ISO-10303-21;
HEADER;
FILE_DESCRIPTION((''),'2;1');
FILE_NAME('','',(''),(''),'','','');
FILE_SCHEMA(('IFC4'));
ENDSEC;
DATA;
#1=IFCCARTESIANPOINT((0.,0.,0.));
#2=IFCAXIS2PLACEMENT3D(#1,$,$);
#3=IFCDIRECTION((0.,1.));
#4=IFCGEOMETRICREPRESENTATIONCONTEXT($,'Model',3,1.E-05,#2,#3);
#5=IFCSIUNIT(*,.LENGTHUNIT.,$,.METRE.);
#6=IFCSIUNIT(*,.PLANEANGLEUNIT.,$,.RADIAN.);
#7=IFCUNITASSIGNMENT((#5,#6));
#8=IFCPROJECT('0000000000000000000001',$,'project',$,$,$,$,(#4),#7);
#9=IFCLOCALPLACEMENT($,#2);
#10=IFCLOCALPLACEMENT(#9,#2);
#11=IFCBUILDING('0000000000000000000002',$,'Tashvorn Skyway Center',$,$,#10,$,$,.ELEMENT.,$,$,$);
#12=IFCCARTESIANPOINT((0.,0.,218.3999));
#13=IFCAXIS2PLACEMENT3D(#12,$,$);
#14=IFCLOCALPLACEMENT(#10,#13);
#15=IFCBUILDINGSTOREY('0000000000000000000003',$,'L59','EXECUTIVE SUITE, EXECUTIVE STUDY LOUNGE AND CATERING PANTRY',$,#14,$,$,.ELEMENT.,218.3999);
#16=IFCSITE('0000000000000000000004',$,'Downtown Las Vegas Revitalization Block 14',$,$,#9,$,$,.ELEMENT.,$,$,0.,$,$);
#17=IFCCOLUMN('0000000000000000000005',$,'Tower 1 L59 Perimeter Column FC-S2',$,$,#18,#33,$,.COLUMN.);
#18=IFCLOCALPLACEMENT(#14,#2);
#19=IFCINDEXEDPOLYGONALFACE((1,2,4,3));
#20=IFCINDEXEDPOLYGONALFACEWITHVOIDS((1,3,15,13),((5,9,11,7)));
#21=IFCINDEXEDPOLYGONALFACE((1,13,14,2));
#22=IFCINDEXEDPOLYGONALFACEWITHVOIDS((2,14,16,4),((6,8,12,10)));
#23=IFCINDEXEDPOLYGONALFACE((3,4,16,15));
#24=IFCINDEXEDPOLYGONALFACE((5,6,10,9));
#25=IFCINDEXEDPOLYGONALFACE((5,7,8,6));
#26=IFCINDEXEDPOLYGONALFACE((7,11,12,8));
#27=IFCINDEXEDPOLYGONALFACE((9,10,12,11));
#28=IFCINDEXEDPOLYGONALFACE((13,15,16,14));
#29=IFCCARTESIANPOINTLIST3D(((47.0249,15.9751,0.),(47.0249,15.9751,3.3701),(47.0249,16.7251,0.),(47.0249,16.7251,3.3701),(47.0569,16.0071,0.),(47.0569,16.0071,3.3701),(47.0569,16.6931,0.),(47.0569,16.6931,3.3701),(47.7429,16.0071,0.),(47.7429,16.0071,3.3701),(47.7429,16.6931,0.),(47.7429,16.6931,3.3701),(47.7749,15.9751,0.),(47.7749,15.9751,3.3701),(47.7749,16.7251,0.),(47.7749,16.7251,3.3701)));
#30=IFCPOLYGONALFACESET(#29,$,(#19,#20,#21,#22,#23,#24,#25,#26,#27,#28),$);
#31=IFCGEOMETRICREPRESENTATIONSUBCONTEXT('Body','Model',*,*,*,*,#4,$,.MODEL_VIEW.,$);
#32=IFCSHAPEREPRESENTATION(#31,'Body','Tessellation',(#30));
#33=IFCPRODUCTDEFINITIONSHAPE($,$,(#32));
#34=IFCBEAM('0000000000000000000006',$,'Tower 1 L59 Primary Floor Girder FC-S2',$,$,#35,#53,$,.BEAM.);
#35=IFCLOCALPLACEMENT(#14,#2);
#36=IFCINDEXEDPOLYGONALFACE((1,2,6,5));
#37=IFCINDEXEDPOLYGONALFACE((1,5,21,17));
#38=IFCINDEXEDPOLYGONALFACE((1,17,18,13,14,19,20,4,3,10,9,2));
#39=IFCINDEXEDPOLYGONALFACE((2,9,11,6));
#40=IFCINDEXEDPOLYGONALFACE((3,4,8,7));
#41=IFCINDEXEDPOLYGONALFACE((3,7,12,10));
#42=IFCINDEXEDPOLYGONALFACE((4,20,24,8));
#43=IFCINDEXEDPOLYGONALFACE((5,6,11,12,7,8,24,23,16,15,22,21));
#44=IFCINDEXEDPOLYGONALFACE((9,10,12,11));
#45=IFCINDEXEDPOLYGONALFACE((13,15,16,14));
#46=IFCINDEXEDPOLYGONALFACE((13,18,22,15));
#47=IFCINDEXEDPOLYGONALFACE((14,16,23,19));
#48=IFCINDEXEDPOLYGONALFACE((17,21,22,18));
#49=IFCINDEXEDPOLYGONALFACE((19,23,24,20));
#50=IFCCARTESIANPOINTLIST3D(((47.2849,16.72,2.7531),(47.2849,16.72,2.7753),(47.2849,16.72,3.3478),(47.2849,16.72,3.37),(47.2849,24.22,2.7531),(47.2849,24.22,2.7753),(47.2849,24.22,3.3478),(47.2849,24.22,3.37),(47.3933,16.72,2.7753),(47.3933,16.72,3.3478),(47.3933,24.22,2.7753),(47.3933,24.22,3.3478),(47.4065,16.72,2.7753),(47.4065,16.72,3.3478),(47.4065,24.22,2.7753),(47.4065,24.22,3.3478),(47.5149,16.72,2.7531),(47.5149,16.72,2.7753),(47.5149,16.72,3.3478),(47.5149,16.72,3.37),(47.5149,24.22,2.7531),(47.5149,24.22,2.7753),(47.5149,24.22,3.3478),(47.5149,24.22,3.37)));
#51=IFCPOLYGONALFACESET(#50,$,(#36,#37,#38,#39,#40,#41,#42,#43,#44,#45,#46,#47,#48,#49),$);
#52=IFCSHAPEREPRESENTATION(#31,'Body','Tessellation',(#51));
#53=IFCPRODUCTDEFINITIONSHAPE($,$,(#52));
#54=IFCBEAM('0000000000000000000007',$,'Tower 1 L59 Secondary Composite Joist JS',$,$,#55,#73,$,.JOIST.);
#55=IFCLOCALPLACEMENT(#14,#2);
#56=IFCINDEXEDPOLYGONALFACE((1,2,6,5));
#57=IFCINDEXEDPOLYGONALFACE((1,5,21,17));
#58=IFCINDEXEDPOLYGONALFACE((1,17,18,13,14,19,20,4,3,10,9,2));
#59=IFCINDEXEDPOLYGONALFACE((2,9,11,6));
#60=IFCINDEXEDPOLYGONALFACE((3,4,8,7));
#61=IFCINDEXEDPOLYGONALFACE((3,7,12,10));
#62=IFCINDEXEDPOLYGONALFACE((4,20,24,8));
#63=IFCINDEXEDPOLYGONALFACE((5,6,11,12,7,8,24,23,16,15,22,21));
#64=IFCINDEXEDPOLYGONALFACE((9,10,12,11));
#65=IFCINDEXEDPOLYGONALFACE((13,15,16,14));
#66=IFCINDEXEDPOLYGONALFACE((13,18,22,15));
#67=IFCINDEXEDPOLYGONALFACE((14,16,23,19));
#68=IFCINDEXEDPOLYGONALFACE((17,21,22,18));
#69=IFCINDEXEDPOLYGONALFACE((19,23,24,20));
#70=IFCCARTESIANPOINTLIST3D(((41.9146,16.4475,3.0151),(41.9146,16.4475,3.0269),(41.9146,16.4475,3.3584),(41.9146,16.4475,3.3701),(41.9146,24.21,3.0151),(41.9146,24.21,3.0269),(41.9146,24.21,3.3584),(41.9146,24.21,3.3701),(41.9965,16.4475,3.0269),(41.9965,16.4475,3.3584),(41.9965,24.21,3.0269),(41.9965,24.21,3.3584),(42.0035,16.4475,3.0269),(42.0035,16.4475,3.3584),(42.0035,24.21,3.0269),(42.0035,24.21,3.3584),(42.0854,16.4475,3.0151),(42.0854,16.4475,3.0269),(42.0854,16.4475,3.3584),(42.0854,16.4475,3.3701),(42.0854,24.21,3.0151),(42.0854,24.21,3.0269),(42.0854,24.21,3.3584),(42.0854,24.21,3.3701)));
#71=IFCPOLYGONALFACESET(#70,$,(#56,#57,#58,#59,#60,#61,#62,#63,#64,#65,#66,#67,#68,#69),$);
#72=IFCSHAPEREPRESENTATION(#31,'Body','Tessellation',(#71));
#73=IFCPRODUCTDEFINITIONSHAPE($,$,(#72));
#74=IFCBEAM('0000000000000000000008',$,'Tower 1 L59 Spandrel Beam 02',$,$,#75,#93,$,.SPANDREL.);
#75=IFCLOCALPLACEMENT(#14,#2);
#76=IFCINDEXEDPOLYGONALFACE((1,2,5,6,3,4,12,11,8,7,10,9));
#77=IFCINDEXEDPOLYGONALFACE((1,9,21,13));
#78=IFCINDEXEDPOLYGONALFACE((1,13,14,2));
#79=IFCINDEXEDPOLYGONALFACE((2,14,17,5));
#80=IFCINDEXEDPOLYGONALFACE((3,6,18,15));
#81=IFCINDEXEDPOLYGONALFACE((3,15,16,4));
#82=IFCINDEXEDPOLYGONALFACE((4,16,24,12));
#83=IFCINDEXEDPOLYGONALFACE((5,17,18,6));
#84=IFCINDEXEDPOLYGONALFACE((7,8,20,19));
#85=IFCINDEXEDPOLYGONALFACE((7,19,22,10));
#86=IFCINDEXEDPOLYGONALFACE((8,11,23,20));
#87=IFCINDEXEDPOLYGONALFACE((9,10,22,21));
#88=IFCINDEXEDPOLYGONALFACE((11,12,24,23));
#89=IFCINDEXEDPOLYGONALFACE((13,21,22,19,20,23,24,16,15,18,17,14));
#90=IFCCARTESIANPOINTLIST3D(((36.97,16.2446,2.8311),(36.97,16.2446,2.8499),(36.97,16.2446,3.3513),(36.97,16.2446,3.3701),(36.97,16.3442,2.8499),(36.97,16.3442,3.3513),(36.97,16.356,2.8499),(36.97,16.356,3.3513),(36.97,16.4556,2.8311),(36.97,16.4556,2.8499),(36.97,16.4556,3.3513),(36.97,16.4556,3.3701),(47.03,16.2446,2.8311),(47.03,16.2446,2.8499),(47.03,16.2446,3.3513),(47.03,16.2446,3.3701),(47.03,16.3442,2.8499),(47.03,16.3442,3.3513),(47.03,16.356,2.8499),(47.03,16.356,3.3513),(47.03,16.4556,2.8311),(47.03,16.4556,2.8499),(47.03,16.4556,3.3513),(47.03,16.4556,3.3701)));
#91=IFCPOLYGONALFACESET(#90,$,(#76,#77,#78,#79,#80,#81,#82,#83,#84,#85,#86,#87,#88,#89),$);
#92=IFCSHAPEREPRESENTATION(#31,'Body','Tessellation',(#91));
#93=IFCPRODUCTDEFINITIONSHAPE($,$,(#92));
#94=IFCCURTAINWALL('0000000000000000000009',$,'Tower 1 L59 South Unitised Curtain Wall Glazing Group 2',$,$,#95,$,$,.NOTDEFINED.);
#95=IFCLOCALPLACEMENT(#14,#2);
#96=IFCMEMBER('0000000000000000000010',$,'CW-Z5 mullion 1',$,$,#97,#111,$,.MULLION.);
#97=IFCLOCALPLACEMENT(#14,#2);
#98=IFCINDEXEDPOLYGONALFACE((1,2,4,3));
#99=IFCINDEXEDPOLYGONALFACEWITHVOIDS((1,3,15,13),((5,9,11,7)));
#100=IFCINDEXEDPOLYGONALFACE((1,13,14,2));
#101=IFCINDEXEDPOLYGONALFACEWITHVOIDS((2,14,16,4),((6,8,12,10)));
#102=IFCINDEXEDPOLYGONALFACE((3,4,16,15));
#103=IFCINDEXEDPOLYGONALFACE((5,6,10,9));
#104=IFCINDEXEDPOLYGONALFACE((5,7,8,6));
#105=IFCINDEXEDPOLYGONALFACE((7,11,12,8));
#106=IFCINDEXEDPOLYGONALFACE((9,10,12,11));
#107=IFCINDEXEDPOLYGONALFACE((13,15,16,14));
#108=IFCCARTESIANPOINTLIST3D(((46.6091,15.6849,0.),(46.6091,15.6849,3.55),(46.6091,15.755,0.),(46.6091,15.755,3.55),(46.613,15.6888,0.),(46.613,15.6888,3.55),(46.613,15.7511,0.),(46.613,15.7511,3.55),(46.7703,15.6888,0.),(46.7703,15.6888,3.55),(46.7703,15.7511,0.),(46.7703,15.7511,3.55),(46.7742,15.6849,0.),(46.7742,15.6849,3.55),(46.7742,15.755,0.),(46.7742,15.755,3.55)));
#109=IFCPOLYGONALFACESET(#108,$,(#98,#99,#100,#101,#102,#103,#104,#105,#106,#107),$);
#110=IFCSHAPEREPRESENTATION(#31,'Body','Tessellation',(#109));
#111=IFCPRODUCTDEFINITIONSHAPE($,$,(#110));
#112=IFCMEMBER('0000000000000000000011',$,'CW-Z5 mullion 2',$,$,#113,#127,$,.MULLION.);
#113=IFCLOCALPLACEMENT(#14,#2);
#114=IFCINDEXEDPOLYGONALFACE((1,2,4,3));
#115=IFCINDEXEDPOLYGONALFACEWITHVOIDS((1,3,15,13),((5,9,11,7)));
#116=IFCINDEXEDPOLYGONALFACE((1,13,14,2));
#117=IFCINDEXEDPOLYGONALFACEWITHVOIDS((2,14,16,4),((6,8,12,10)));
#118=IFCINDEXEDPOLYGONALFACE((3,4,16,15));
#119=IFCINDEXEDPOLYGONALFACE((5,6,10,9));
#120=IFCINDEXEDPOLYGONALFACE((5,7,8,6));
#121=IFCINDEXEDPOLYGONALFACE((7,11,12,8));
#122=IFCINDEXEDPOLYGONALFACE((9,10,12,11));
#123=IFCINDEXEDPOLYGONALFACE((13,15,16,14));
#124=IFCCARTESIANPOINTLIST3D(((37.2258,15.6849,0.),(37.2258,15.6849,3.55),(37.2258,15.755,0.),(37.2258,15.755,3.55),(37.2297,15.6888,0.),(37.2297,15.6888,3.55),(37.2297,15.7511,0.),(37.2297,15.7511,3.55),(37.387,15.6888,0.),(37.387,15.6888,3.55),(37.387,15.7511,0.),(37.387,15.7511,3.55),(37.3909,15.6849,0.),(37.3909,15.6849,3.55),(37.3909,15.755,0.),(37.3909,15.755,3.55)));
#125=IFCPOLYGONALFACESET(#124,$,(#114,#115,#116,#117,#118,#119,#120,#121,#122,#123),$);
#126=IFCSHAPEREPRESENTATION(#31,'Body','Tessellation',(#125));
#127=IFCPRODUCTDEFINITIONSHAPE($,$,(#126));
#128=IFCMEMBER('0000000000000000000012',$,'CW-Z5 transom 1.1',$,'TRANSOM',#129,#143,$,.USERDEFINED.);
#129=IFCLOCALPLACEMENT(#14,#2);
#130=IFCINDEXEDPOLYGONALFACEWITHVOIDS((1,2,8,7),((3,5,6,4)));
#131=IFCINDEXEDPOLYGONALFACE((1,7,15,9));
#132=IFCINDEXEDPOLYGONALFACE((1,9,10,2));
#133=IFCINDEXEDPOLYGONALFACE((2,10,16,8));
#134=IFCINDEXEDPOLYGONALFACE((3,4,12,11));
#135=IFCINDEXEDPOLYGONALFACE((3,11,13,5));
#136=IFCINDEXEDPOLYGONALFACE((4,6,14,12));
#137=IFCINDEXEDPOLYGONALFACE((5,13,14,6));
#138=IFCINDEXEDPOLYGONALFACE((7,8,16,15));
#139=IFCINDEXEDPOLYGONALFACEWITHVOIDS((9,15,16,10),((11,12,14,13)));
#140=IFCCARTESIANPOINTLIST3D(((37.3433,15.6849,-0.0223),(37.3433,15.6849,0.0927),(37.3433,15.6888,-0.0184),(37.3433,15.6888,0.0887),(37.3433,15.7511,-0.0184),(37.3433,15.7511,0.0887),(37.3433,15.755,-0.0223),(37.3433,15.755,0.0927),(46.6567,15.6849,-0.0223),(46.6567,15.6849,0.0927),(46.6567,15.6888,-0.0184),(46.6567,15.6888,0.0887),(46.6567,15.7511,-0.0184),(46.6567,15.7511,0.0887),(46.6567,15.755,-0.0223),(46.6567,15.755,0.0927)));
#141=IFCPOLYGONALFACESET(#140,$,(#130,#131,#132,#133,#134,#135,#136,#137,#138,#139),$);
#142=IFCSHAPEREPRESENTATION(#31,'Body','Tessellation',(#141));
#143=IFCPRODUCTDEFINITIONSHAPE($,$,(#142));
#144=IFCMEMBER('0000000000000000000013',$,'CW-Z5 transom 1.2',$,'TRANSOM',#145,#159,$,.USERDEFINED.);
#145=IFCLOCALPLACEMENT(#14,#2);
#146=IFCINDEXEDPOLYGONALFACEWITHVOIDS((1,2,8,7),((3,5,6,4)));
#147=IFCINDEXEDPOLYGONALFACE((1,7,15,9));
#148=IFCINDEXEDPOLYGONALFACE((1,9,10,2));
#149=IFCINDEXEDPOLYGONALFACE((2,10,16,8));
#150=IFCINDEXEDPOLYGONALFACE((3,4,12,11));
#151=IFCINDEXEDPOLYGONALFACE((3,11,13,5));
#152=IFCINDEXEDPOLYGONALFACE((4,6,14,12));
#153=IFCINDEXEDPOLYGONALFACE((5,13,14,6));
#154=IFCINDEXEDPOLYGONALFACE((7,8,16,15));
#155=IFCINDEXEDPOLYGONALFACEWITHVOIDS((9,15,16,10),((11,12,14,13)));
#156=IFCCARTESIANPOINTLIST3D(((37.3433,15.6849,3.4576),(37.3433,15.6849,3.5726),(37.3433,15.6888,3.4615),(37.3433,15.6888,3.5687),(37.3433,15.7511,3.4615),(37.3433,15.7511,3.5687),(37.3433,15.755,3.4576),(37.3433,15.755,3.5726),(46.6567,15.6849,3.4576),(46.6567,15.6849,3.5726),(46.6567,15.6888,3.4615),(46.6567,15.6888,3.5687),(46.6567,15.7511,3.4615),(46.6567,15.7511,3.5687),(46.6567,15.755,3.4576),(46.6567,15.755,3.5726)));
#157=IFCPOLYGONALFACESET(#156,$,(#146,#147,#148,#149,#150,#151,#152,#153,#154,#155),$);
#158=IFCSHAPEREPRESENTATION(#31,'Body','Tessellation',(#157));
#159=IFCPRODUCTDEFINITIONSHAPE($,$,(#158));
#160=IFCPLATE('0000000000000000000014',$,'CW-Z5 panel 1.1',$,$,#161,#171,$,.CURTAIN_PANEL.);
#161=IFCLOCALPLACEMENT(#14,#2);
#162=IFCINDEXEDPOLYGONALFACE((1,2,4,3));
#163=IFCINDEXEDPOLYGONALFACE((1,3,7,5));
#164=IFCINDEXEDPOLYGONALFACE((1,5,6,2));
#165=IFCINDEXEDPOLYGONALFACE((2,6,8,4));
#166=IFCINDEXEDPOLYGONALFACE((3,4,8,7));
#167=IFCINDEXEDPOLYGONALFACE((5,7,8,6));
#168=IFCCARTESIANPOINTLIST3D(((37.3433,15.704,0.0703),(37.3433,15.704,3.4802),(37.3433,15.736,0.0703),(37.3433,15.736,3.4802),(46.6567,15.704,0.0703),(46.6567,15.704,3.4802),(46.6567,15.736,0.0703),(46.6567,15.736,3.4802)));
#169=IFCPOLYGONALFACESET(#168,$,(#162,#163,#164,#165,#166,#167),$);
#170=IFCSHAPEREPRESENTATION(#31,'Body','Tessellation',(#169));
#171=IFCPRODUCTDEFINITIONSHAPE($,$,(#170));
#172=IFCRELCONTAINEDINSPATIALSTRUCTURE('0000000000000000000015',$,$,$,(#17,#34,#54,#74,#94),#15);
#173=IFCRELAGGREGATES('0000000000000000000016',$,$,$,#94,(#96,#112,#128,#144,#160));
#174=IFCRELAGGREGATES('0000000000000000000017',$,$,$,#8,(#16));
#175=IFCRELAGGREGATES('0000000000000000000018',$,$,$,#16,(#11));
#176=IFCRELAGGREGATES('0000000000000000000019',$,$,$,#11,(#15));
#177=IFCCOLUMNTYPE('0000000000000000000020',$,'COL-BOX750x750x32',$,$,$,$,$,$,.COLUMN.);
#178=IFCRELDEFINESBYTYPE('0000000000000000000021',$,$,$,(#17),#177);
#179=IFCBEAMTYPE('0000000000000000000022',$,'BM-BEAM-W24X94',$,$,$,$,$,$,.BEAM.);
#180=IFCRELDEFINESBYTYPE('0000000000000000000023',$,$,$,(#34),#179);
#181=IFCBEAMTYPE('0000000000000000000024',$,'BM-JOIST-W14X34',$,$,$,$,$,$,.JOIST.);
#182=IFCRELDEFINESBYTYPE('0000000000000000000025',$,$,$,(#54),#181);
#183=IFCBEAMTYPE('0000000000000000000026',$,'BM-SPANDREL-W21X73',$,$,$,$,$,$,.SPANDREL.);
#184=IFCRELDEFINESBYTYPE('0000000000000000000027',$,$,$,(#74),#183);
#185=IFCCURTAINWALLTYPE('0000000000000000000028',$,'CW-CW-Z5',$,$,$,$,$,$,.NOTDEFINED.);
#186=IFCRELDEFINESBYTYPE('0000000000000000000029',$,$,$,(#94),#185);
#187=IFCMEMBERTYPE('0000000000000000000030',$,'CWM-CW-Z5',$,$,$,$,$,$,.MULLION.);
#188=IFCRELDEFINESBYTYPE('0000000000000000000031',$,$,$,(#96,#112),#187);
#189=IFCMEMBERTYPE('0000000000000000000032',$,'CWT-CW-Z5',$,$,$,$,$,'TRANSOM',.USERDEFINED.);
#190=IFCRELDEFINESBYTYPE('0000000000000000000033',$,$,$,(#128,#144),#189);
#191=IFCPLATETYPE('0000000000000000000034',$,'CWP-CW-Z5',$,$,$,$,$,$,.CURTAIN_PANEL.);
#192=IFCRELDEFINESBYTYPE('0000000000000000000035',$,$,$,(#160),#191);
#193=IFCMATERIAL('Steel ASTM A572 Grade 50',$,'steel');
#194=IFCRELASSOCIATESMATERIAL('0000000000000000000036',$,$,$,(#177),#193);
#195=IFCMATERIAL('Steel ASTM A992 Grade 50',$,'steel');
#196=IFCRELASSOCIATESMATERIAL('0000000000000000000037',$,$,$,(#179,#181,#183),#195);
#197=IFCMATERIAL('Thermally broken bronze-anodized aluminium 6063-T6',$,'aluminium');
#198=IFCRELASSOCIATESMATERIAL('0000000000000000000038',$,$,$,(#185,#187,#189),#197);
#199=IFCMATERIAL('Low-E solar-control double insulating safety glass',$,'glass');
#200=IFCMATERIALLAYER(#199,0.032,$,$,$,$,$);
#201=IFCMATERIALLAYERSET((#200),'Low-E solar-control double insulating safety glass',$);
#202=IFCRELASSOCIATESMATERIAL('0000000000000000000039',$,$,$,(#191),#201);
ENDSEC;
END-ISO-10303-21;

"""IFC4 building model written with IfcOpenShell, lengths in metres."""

from ifc_helpers import new_model, si_unit, direction, frame, origin, origin_2d, place, context, subcontext, project, spatial, rectangle, hollow_rectangle, i_section, extrude, material, layer, layer_set, material_profile, profile_set, type_object, element, aggregate, save


model = new_model("IFC4")

# Units and contexts
model_context = context("Model", 3, precision=1e-05, world=origin(), true_north=direction((0.0, 1.0)))
body_context = subcontext(model_context, "Body", "Model", "MODEL_VIEW")
ifc_project = project(units=[si_unit("LENGTHUNIT", "METRE"), si_unit("PLANEANGLEUNIT", "RADIAN")], contexts=[model_context])

# Site, building, storey
site_placement = place(None, origin())
site = spatial("IfcSite", under=ifc_project, at=site_placement, Name="Downtown Las Vegas Revitalization Block 14", CompositionType="ELEMENT", RefElevation=0.0)
building_placement = place(site_placement, origin())
building = spatial("IfcBuilding", under=site, at=building_placement, Name="Tashvorn Skyway Center", CompositionType="ELEMENT")
storey_placement = place(building_placement, frame((0.0, 0.0, 218.3999)))
storey = spatial("IfcBuildingStorey", under=building, at=storey_placement, Name="L59", Description="EXECUTIVE SUITE, EXECUTIVE STUDY LOUNGE AND CATERING PANTRY", CompositionType="ELEMENT", Elevation=218.3999)

# Column
ifc_material_1 = material(Name="Steel ASTM A572 Grade 50", Category="steel")
ifc_material_profile_1 = material_profile(ifc_material_1, hollow_rectangle(XDim=0.75, YDim=0.75, WallThickness=0.032, at=origin_2d()), Name="BOX750x750x32")
ifc_profile_set_1 = profile_set([ifc_material_profile_1], Name="Steel ASTM A572 Grade 50")
column_type = type_object("IfcColumnType", Name="COL-BOX750x750x32", PredefinedType="COLUMN", material=ifc_profile_set_1)
column_placement = place(storey_placement, frame((47.3999, 16.3501, 0.0), z_axis=(0.0, 0.0, 1.0), x_axis=(1.0, 0.0, 0.0)))
element("IfcColumn", 1, at=column_placement, inside=storey, type_object=column_type, Name="Tower 1 L59 Perimeter Column FC-S2", PredefinedType="COLUMN", context=body_context, shape_type="SweptSolid", body=[
    extrude(hollow_rectangle(XDim=0.75, YDim=0.75, WallThickness=0.032, at=origin_2d()), origin(), (0.0, 0.0, 1.0), 3.3701),
])

# Beams
ifc_material_2 = material(Name="Steel ASTM A992 Grade 50", Category="steel")
ifc_material_profile_2 = material_profile(ifc_material_2, i_section(OverallWidth=0.23, OverallDepth=0.6169, WebThickness=0.0132, FlangeThickness=0.0222, at=origin_2d()), Name="W24X94")
ifc_profile_set_2 = profile_set([ifc_material_profile_2], Name="Steel ASTM A992 Grade 50")
beam_type_1 = type_object("IfcBeamType", Name="BM-BEAM-W24X94", PredefinedType="BEAM", material=ifc_profile_set_2)
beam_1_placement = place(storey_placement, frame((47.3999, 16.72, 3.0615), z_axis=(0.0, 1.0, 0.0), x_axis=(-1.0, 0.0, 0.0)))
element("IfcBeam", 2, at=beam_1_placement, inside=storey, type_object=beam_type_1, Name="Tower 1 L59 Primary Floor Girder FC-S2", PredefinedType="BEAM", context=body_context, shape_type="SweptSolid", body=[
    extrude(i_section(OverallWidth=0.23, OverallDepth=0.6169, WebThickness=0.0132, FlangeThickness=0.0222, at=origin_2d()), origin(), (0.0, 0.0, 1.0), 7.5),
])
ifc_material_profile_3 = material_profile(ifc_material_2, i_section(OverallWidth=0.1709, OverallDepth=0.355, WebThickness=0.0071, FlangeThickness=0.0117, at=origin_2d()), Name="W14X34")
ifc_profile_set_3 = profile_set([ifc_material_profile_3], Name="Steel ASTM A992 Grade 50")
beam_type_2 = type_object("IfcBeamType", Name="BM-JOIST-W14X34", PredefinedType="JOIST", material=ifc_profile_set_3)
beam_2_placement = place(storey_placement, frame((42.0, 24.21, 3.1926), z_axis=(0.0, -1.0, 0.0), x_axis=(1.0, 0.0, 0.0)))
element("IfcBeam", 3, at=beam_2_placement, inside=storey, type_object=beam_type_2, Name="Tower 1 L59 Secondary Composite Joist JS", PredefinedType="JOIST", context=body_context, shape_type="SweptSolid", body=[
    extrude(i_section(OverallWidth=0.1709, OverallDepth=0.355, WebThickness=0.0071, FlangeThickness=0.0117, at=origin_2d()), origin(), (0.0, 0.0, 1.0), 7.7625),
])
ifc_material_profile_4 = material_profile(ifc_material_2, i_section(OverallWidth=0.2109, OverallDepth=0.5391, WebThickness=0.0117, FlangeThickness=0.0188, at=origin_2d()), Name="W21X73")
ifc_profile_set_4 = profile_set([ifc_material_profile_4], Name="Steel ASTM A992 Grade 50")
beam_type_3 = type_object("IfcBeamType", Name="BM-SPANDREL-W21X73", PredefinedType="SPANDREL", material=ifc_profile_set_4)
beam_3_placement = place(storey_placement, frame((36.97, 16.3501, 3.1006), z_axis=(1.0, 0.0, 0.0), x_axis=(0.0, 1.0, 0.0)))
element("IfcBeam", 4, at=beam_3_placement, inside=storey, type_object=beam_type_3, Name="Tower 1 L59 Spandrel Beam 02", PredefinedType="SPANDREL", context=body_context, shape_type="SweptSolid", body=[
    extrude(i_section(OverallWidth=0.2109, OverallDepth=0.5391, WebThickness=0.0117, FlangeThickness=0.0188, at=origin_2d()), origin(), (0.0, 0.0, 1.0), 10.0601),
])

# Curtain wall, members, plate
ifc_material_3 = material(Name="Thermally broken bronze-anodized aluminium 6063-T6", Category="aluminium")
curtain_wall_type = type_object("IfcCurtainWallType", Name="CW-CW-Z5", PredefinedType="NOTDEFINED", material=ifc_material_3)
curtain_wall_placement = place(storey_placement, origin())
curtain_wall = element("IfcCurtainWall", 5, at=curtain_wall_placement, inside=storey, type_object=curtain_wall_type, Name="Tower 1 L59 South Unitised Curtain Wall Glazing Group 2", PredefinedType="NOTDEFINED")
ifc_material_profile_5 = material_profile(ifc_material_3, hollow_rectangle(XDim=0.0701, YDim=0.165, WallThickness=0.0039, at=origin_2d()), Name="ALU-MULL-70x165")
ifc_profile_set_5 = profile_set([ifc_material_profile_5], Name="Thermally broken bronze-anodized aluminium 6063-T6")
member_type_1 = type_object("IfcMemberType", Name="CWM-CW-Z5", PredefinedType="MULLION", material=ifc_profile_set_5)
member_1_placement = place(storey_placement, frame((46.6917, 15.72, 0.0), z_axis=(0.0, 0.0, 1.0), x_axis=(0.0, -1.0, 0.0)))
member_1 = element("IfcMember", 6, at=member_1_placement, type_object=member_type_1, Name="CW-Z5 mullion 1", PredefinedType="MULLION", context=body_context, shape_type="SweptSolid", body=[
    extrude(hollow_rectangle(XDim=0.0701, YDim=0.165, WallThickness=0.0039, at=origin_2d()), origin(), (0.0, 0.0, 1.0), 3.55),
])
member_2_placement = place(storey_placement, frame((37.3083, 15.72, 0.0), z_axis=(0.0, 0.0, 1.0), x_axis=(0.0, -1.0, 0.0)))
member_2 = element("IfcMember", 7, at=member_2_placement, type_object=member_type_1, Name="CW-Z5 mullion 2", PredefinedType="MULLION", context=body_context, shape_type="SweptSolid", body=[
    extrude(hollow_rectangle(XDim=0.0701, YDim=0.165, WallThickness=0.0039, at=origin_2d()), origin(), (0.0, 0.0, 1.0), 3.55),
])
ifc_material_profile_6 = material_profile(ifc_material_3, hollow_rectangle(XDim=0.0701, YDim=0.115, WallThickness=0.0039, at=origin_2d()), Name="ALU-TRAN-70x115")
ifc_profile_set_6 = profile_set([ifc_material_profile_6], Name="Thermally broken bronze-anodized aluminium 6063-T6")
member_type_2 = type_object("IfcMemberType", Name="CWT-CW-Z5", ElementType="TRANSOM", PredefinedType="USERDEFINED", material=ifc_profile_set_6)
member_3_placement = place(storey_placement, frame((46.6567, 15.72, 0.0352), z_axis=(-1.0, 0.0, 0.0), x_axis=(0.0, -1.0, 0.0)))
member_3 = element("IfcMember", 8, at=member_3_placement, type_object=member_type_2, Name="CW-Z5 transom 1.1", ObjectType="TRANSOM", PredefinedType="USERDEFINED", context=body_context, shape_type="SweptSolid", body=[
    extrude(hollow_rectangle(XDim=0.0701, YDim=0.115, WallThickness=0.0039, at=origin_2d()), origin(), (0.0, 0.0, 1.0), 9.3135),
])
member_4_placement = place(storey_placement, frame((46.6567, 15.72, 3.5151), z_axis=(-1.0, 0.0, 0.0), x_axis=(0.0, -1.0, 0.0)))
member_4 = element("IfcMember", 9, at=member_4_placement, type_object=member_type_2, Name="CW-Z5 transom 1.2", ObjectType="TRANSOM", PredefinedType="USERDEFINED", context=body_context, shape_type="SweptSolid", body=[
    extrude(hollow_rectangle(XDim=0.0701, YDim=0.115, WallThickness=0.0039, at=origin_2d()), origin(), (0.0, 0.0, 1.0), 9.3135),
])
ifc_material_4 = material(Name="Low-E solar-control double insulating safety glass", Category="glass")
ifc_layer_1 = layer(ifc_material_4, 0.032)
ifc_layer_set_1 = layer_set([ifc_layer_1], Name="Low-E solar-control double insulating safety glass")
plate_type = type_object("IfcPlateType", Name="CWP-CW-Z5", PredefinedType="CURTAIN_PANEL", material=ifc_layer_set_1)
plate_placement = place(storey_placement, frame((42.0, 15.72, 0.0703), z_axis=(0.0, 0.0, 1.0), x_axis=(-1.0, 0.0, 0.0)))
plate = element("IfcPlate", 10, at=plate_placement, type_object=plate_type, Name="CW-Z5 panel 1.1", PredefinedType="CURTAIN_PANEL", context=body_context, shape_type="SweptSolid", body=[
    extrude(rectangle(XDim=9.3135, YDim=0.032, at=origin_2d()), origin(), (0.0, 0.0, 1.0), 3.4099),
])
aggregate(curtain_wall, [member_1, member_2, member_3, member_4, plate])

save(model, "model.ifc")
